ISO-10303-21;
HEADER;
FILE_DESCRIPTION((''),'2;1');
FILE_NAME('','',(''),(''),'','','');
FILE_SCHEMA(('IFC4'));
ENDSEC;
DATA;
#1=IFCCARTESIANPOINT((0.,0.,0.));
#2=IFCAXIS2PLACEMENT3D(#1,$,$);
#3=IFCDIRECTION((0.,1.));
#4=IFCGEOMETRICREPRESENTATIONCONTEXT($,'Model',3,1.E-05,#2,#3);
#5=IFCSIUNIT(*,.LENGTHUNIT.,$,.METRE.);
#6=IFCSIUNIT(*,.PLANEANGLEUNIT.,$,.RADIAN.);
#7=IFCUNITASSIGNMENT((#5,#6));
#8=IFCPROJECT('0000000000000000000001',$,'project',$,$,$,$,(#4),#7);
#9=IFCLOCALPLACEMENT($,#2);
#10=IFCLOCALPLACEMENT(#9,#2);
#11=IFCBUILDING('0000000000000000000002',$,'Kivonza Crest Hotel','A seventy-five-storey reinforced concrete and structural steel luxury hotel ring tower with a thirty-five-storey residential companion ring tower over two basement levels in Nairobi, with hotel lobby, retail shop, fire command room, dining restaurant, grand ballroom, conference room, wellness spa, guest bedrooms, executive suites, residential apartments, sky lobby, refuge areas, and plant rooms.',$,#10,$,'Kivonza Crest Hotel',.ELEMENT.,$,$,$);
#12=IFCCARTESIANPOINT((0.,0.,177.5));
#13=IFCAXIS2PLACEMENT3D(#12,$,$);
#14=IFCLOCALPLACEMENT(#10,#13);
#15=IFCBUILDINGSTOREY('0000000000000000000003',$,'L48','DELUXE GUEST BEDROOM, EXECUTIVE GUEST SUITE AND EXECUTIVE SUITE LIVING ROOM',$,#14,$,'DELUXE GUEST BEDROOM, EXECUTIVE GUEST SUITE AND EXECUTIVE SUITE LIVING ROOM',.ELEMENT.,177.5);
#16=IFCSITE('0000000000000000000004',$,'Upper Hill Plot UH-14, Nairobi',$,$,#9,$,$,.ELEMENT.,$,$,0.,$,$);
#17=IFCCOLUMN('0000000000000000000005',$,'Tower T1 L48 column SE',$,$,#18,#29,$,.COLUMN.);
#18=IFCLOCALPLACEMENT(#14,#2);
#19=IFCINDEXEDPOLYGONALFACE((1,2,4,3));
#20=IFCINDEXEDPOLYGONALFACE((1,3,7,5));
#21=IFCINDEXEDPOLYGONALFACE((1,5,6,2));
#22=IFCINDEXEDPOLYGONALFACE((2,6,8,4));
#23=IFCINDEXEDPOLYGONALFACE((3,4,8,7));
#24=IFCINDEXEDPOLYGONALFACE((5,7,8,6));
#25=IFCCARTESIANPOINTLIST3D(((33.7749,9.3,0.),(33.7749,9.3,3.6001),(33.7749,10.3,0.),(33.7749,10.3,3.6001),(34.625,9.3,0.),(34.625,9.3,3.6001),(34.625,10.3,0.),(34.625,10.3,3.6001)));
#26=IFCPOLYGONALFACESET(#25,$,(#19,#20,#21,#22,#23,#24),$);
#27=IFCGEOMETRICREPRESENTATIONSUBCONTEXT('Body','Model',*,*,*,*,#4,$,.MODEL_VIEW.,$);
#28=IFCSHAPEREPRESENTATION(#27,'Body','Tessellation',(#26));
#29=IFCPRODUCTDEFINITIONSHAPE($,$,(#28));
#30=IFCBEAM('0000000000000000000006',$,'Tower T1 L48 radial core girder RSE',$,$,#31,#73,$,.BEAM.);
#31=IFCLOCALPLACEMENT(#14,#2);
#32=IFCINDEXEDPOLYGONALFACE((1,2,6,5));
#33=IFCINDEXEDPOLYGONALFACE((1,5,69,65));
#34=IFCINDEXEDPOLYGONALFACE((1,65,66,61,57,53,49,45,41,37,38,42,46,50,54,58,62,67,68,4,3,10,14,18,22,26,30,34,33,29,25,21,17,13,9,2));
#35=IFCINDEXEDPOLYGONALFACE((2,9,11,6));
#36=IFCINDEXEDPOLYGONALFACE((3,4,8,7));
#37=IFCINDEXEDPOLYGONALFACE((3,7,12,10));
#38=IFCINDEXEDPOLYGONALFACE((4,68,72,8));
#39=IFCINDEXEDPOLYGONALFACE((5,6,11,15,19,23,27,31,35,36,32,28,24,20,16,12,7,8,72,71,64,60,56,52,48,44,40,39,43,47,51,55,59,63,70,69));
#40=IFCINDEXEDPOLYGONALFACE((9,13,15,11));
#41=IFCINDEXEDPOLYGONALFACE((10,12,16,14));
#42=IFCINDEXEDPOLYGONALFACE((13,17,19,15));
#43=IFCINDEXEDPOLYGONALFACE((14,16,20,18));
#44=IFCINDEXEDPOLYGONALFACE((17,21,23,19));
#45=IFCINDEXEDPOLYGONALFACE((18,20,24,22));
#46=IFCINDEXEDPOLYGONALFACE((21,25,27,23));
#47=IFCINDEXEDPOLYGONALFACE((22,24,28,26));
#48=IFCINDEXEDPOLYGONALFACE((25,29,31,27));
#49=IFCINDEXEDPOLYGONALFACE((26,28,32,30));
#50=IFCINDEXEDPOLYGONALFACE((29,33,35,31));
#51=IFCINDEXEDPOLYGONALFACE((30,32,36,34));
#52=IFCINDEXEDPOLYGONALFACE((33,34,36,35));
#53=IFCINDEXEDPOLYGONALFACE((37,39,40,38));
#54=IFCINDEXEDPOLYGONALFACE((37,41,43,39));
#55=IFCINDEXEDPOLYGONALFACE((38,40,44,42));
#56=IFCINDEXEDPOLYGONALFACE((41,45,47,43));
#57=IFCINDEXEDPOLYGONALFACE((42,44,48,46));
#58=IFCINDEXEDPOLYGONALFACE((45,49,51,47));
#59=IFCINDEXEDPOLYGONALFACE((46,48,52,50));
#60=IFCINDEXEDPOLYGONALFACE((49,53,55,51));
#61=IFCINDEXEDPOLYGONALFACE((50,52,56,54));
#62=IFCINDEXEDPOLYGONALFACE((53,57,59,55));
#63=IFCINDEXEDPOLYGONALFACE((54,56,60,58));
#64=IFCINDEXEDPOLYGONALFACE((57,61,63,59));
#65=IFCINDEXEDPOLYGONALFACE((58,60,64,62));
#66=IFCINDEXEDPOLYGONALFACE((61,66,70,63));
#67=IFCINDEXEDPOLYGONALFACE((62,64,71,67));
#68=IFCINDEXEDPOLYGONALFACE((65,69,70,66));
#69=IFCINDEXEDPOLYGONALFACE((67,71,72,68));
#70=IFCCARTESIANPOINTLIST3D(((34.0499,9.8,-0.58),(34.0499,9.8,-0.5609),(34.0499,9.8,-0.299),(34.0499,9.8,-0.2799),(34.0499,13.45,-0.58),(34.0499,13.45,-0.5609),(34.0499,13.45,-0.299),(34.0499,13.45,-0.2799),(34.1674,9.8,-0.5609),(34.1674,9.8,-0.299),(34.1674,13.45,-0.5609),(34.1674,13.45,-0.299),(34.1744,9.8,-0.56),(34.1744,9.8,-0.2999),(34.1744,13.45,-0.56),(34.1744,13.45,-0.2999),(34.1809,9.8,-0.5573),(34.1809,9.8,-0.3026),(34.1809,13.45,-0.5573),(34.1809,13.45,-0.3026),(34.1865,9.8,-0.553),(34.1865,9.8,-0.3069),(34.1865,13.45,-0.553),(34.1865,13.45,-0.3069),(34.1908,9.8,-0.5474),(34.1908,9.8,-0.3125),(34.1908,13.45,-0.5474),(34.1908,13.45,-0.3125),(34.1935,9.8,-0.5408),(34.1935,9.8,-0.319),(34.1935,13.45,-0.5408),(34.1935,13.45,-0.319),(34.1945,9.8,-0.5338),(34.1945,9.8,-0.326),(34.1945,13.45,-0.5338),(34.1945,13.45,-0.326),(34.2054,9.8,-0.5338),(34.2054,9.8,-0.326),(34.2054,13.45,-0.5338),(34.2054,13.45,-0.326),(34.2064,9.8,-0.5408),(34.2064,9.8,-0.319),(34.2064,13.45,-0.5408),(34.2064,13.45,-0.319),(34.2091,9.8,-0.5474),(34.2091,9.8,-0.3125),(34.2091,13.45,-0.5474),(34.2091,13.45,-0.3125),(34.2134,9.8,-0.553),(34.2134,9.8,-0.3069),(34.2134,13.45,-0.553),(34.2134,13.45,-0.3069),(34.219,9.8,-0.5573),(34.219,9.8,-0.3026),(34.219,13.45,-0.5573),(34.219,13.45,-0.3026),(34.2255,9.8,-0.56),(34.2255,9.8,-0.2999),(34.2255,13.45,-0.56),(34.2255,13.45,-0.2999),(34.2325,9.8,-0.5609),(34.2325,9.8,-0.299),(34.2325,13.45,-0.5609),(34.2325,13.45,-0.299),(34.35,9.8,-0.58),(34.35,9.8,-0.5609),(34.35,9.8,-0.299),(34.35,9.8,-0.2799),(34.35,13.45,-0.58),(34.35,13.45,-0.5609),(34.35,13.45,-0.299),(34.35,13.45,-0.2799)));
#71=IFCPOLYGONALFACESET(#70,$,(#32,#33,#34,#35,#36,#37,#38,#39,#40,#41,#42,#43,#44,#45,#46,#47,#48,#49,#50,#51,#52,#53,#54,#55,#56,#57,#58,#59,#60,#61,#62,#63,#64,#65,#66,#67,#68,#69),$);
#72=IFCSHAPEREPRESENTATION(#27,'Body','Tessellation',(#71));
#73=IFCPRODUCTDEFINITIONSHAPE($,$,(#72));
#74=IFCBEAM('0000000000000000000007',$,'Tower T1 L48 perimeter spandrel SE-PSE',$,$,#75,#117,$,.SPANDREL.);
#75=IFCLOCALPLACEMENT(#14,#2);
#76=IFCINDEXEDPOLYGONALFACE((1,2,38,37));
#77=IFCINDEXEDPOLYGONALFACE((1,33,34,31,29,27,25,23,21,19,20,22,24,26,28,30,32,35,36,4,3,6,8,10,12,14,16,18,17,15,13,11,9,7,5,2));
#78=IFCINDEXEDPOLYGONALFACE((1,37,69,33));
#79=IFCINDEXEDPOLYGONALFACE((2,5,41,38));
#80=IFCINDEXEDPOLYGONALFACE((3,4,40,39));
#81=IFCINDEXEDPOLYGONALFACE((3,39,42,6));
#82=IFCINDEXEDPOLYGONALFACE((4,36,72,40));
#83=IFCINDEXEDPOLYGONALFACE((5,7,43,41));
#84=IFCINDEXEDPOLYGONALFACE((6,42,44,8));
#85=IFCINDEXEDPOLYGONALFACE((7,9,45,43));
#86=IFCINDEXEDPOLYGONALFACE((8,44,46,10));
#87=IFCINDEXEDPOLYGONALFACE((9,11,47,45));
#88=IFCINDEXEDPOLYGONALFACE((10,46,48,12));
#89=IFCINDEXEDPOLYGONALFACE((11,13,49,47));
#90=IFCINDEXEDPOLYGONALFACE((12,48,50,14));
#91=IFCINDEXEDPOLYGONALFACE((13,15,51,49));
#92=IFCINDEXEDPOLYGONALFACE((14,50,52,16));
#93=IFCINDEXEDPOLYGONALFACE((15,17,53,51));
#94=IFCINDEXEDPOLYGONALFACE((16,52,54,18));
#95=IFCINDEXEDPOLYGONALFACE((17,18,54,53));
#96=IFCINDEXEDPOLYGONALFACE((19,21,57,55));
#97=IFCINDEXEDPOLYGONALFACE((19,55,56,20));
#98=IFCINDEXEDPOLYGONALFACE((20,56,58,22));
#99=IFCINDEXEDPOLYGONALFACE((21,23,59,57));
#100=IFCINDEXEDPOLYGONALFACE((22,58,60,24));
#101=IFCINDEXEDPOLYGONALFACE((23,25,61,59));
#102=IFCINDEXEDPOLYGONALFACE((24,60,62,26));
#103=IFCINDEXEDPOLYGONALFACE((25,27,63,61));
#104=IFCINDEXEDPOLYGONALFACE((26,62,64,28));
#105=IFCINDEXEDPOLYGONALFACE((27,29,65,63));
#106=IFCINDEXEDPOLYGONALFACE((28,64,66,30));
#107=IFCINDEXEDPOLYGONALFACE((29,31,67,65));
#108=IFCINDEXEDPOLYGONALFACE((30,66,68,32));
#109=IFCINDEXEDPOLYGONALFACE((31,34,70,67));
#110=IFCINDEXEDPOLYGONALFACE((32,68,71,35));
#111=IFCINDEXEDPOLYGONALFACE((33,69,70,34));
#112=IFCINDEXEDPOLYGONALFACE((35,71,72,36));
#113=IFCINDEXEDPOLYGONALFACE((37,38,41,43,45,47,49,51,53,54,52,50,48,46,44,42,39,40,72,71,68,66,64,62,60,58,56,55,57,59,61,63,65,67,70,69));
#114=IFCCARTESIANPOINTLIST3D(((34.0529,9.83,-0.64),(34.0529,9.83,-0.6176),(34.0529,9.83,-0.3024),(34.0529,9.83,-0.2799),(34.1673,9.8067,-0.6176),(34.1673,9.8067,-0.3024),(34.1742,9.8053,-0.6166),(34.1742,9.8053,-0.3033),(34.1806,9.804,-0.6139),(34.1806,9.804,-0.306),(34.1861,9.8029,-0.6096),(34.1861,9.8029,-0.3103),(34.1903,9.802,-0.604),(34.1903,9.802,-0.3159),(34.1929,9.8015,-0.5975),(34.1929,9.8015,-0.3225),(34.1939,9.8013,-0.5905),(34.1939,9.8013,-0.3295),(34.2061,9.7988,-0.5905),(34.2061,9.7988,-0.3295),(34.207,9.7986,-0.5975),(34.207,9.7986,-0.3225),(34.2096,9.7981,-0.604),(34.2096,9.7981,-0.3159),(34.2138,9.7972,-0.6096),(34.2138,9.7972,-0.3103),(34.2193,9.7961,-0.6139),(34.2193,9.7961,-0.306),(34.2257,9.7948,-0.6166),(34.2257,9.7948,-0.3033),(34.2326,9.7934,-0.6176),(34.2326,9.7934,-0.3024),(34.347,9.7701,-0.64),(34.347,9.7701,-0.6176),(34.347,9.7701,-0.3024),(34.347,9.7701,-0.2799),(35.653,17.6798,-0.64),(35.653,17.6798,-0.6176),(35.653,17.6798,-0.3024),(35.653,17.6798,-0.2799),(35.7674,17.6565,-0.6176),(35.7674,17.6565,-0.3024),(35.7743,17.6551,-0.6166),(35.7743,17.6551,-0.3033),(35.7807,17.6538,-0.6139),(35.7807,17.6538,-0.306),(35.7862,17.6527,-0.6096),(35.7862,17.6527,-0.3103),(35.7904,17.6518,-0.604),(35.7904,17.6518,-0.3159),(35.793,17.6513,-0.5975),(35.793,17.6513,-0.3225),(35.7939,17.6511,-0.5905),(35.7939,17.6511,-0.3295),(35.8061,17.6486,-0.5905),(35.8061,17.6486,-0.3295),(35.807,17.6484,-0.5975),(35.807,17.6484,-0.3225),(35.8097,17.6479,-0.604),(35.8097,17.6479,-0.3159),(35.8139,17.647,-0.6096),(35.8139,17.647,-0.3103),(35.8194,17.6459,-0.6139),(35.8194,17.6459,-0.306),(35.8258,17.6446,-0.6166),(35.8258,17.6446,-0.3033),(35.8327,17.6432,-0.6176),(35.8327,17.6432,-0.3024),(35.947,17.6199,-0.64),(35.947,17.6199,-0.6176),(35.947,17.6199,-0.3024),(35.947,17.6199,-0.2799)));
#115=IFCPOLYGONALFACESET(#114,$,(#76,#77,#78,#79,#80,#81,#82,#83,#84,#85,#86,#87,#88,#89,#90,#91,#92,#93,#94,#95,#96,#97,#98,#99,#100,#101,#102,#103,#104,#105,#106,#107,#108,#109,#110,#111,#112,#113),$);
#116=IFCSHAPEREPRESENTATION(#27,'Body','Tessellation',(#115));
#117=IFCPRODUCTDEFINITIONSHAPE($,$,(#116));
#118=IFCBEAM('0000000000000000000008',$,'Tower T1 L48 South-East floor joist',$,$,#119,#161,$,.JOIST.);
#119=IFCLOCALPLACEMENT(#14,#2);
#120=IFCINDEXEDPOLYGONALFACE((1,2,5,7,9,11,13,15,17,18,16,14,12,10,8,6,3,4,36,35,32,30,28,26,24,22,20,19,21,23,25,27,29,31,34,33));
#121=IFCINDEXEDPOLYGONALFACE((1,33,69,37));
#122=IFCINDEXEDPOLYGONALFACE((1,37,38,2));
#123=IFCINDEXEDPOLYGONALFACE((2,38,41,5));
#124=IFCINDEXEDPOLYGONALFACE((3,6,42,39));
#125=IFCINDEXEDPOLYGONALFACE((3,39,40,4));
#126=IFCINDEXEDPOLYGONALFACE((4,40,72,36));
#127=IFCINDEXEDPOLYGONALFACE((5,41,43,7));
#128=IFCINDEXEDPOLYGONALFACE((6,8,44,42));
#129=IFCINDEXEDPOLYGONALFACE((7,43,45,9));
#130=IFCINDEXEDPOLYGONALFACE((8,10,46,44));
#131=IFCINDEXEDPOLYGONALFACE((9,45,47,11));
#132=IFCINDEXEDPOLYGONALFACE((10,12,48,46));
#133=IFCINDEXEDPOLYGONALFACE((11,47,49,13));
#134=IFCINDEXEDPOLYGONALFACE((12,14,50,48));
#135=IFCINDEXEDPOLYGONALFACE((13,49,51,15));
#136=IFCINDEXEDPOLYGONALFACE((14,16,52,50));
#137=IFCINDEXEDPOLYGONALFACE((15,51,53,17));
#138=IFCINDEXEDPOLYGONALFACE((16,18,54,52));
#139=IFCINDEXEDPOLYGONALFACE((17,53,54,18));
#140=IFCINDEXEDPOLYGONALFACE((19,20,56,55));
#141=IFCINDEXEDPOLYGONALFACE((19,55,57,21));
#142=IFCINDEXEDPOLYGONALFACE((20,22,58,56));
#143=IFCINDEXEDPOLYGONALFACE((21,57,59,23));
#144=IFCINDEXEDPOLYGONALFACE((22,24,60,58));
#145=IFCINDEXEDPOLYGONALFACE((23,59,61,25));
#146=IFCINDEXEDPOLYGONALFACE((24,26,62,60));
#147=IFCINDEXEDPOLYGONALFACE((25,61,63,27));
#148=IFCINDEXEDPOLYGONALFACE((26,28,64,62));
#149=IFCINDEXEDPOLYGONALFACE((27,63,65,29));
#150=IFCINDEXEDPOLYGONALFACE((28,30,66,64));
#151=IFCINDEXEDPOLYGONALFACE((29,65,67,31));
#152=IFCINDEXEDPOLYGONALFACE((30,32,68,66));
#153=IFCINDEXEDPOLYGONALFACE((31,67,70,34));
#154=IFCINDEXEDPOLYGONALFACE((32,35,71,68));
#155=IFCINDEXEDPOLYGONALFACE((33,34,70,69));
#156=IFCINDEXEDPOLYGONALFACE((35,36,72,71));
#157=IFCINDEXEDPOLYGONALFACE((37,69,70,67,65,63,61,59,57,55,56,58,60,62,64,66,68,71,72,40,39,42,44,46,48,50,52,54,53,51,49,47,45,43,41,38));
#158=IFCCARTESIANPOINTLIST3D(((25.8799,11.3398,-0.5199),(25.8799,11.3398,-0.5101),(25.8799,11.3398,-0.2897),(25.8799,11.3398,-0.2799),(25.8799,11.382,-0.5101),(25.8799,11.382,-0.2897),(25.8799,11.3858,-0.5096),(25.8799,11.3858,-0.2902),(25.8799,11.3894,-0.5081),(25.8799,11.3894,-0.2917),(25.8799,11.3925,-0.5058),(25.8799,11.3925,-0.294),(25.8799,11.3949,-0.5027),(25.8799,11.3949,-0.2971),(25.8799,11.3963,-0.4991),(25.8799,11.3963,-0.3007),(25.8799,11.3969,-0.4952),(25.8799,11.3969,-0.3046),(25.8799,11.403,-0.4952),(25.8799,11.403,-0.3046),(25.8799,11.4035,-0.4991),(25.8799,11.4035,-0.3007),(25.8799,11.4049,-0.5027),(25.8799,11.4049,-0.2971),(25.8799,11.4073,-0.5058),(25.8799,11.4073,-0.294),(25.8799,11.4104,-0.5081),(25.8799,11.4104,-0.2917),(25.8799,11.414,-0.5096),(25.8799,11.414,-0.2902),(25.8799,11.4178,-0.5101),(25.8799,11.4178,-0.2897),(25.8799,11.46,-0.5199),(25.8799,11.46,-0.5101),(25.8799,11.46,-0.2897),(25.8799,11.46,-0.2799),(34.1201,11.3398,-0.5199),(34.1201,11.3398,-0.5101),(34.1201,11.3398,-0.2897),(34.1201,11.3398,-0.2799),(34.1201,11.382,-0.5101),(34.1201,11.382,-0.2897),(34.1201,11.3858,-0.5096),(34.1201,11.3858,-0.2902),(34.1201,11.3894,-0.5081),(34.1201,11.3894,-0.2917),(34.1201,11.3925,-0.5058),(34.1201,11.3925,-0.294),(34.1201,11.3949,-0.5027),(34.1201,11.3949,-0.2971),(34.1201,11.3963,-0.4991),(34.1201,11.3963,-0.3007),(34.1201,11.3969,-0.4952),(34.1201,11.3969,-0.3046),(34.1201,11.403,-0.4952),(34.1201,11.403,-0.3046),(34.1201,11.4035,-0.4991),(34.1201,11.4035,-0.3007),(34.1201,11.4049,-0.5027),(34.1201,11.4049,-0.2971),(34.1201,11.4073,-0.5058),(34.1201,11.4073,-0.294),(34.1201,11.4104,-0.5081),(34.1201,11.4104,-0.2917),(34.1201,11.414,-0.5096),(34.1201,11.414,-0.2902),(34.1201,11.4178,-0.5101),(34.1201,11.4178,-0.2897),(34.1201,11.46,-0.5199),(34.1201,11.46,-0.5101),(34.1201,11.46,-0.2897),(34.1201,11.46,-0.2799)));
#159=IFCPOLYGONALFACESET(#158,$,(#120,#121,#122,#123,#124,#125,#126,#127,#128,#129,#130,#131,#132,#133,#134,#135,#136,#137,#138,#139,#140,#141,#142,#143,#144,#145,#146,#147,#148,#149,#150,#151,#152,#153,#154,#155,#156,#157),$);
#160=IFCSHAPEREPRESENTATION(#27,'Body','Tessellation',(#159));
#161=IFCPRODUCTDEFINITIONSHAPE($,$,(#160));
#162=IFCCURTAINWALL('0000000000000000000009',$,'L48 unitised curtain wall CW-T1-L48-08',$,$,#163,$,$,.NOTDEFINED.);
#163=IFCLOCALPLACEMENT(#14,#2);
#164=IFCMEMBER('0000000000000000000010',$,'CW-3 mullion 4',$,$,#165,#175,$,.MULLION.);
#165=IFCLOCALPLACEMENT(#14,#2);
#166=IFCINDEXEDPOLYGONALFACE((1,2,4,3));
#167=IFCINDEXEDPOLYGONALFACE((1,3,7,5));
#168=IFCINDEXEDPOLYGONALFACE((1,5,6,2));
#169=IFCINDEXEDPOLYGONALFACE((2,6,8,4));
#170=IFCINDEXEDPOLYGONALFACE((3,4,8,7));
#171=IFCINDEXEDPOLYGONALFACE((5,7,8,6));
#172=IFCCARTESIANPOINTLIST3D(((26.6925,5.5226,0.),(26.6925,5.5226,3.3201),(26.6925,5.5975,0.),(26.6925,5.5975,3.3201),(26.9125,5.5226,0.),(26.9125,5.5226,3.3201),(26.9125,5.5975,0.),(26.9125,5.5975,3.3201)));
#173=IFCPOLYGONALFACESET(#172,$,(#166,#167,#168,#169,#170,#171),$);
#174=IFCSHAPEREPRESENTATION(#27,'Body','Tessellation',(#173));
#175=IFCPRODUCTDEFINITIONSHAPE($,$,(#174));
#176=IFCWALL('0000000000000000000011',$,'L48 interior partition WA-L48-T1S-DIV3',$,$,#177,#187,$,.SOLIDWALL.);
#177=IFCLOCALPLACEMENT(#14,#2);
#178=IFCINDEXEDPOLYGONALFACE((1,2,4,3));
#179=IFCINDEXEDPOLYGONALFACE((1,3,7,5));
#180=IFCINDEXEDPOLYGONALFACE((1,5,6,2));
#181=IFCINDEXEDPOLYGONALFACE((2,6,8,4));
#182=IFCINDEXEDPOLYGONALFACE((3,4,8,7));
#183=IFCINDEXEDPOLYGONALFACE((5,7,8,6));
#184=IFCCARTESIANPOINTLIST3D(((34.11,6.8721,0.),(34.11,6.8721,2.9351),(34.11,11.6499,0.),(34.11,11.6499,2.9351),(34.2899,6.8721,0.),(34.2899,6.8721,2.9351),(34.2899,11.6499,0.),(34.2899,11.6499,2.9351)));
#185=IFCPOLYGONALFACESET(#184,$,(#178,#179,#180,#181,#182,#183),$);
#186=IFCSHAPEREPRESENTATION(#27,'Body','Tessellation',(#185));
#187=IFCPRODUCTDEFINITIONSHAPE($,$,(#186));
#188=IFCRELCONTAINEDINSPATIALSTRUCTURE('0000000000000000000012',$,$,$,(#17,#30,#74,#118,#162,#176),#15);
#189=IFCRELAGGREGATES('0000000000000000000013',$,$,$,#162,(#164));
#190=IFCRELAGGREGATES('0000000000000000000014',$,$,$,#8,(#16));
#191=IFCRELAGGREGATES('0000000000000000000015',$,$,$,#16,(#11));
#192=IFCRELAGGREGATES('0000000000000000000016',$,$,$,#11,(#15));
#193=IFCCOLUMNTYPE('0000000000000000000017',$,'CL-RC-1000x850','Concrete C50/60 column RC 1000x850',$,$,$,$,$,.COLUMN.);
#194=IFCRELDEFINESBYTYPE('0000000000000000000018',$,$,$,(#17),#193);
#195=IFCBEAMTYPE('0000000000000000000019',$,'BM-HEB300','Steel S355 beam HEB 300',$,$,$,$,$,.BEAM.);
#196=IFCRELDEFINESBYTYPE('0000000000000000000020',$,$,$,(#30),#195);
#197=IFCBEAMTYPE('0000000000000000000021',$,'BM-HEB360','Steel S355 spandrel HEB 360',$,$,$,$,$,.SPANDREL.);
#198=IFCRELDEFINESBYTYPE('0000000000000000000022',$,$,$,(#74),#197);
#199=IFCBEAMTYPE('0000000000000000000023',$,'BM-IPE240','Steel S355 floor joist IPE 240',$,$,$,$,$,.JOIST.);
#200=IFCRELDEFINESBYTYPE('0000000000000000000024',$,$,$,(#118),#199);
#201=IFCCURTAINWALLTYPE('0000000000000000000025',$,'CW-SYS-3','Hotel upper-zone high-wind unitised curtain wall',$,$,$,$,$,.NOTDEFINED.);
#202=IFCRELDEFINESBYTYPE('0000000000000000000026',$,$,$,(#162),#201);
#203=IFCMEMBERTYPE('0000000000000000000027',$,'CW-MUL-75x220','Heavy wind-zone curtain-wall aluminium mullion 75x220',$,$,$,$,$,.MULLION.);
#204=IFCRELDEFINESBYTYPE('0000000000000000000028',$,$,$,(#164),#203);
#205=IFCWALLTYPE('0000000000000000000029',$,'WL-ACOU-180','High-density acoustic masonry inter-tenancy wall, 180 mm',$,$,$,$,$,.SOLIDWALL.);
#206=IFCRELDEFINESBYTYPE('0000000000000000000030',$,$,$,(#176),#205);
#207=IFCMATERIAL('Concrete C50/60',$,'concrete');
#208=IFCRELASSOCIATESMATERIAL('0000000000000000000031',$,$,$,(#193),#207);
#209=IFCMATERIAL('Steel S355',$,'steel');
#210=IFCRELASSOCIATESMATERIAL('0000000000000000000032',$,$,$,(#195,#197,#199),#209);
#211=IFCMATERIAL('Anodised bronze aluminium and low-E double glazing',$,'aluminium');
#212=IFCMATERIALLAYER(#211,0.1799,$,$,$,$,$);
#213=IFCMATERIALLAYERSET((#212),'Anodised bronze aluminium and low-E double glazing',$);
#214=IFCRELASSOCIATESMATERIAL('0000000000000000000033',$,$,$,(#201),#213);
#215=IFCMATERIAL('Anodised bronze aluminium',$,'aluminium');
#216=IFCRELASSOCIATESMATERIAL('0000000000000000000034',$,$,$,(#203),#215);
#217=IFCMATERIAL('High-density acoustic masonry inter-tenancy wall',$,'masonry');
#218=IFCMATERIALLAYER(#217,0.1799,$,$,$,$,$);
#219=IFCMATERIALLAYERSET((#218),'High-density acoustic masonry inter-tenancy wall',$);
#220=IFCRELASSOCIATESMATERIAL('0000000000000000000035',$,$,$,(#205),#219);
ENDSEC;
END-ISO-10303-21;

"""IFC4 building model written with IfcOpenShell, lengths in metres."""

from ifc_helpers import new_model, si_unit, direction, frame, frame_2d, origin, origin_2d, place, context, subcontext, project, spatial, rectangle, i_section, extrude, material, layer, layer_set, material_profile, profile_set, type_object, element, aggregate, save


model = new_model("IFC4")

# Units and contexts
model_context = context("Model", 3, precision=1e-05, world=origin(), true_north=direction((0.0, 1.0)))
body_context = subcontext(model_context, "Body", "Model", "MODEL_VIEW")
ifc_project = project(units=[si_unit("LENGTHUNIT", "METRE"), si_unit("PLANEANGLEUNIT", "RADIAN")], contexts=[model_context])

# Site, building, storey
site_placement = place(None, origin())
site = spatial("IfcSite", under=ifc_project, at=site_placement, Name="Upper Hill Plot UH-14, Nairobi", CompositionType="ELEMENT", RefElevation=0.0)
building_placement = place(site_placement, origin())
building = spatial("IfcBuilding", under=site, at=building_placement, Name="Kivonza Crest Hotel", Description="A seventy-five-storey reinforced concrete and structural steel luxury hotel ring tower with a thirty-five-storey residential companion ring tower over two basement levels in Nairobi, with hotel lobby, retail shop, fire command room, dining restaurant, grand ballroom, conference room, wellness spa, guest bedrooms, executive suites, residential apartments, sky lobby, refuge areas, and plant rooms.", LongName="Kivonza Crest Hotel", CompositionType="ELEMENT")
storey_placement = place(building_placement, frame((0.0, 0.0, 177.5)))
storey = spatial("IfcBuildingStorey", under=building, at=storey_placement, Name="L48", Description="DELUXE GUEST BEDROOM, EXECUTIVE GUEST SUITE AND EXECUTIVE SUITE LIVING ROOM", LongName="DELUXE GUEST BEDROOM, EXECUTIVE GUEST SUITE AND EXECUTIVE SUITE LIVING ROOM", CompositionType="ELEMENT", Elevation=177.5)

# Column
ifc_material_1 = material(Name="Concrete C50/60", Category="concrete")
ifc_material_profile_1 = material_profile(ifc_material_1, rectangle(XDim=0.8501, YDim=1.0, at=origin_2d()), Name="RC 1000x850")
ifc_profile_set_1 = profile_set([ifc_material_profile_1], Name="Concrete C50/60")
column_type = type_object("IfcColumnType", Name="CL-RC-1000x850", Description="Concrete C50/60 column RC 1000x850", PredefinedType="COLUMN", material=ifc_profile_set_1)
column_placement = place(storey_placement, frame((34.2, 9.8, 0.0), z_axis=(0.0, 0.0, 1.0), x_axis=(1.0, 0.0, 0.0)))
element("IfcColumn", 1, at=column_placement, inside=storey, type_object=column_type, Name="Tower T1 L48 column SE", PredefinedType="COLUMN", context=body_context, shape_type="SweptSolid", body=[
    extrude(rectangle(XDim=0.8501, YDim=1.0, at=origin_2d()), origin(), (0.0, 0.0, 1.0), 3.6001),
])

# Beams
ifc_material_2 = material(Name="Steel S355", Category="steel")
ifc_material_profile_2 = material_profile(ifc_material_2, i_section(OverallWidth=0.3, OverallDepth=0.3, WebThickness=0.011, FlangeThickness=0.019, FilletRadius=0.0271, at=origin_2d()), Name="HEB 300")
ifc_profile_set_2 = profile_set([ifc_material_profile_2], Name="Steel S355")
beam_type_1 = type_object("IfcBeamType", Name="BM-HEB300", Description="Steel S355 beam HEB 300", PredefinedType="BEAM", material=ifc_profile_set_2)
beam_1_placement = place(storey_placement, frame((34.2, 9.8, -0.4299), z_axis=(0.0, 1.0, 0.0), x_axis=(-1.0, 0.0, 0.0)))
element("IfcBeam", 2, at=beam_1_placement, inside=storey, type_object=beam_type_1, Name="Tower T1 L48 radial core girder RSE", PredefinedType="BEAM", context=body_context, shape_type="SweptSolid", body=[
    extrude(i_section(OverallWidth=0.3, OverallDepth=0.3, WebThickness=0.011, FlangeThickness=0.019, FilletRadius=0.0271, at=origin_2d()), origin(), (0.0, 0.0, 1.0), 3.6499),
])
ifc_material_profile_3 = material_profile(ifc_material_2, i_section(OverallWidth=0.3, OverallDepth=0.3601, WebThickness=0.0125, FlangeThickness=0.0225, FilletRadius=0.0271, at=origin_2d()), Name="HEB 360")
ifc_profile_set_3 = profile_set([ifc_material_profile_3], Name="Steel S355")
beam_type_2 = type_object("IfcBeamType", Name="BM-HEB360", Description="Steel S355 spandrel HEB 360", PredefinedType="SPANDREL", material=ifc_profile_set_3)
beam_2_placement = place(storey_placement, frame((34.2, 9.8, -0.46), z_axis=(0.199731, 0.979851, 0.0), x_axis=(-0.979851, 0.199731, 0.0)))
element("IfcBeam", 3, at=beam_2_placement, inside=storey, type_object=beam_type_2, Name="Tower T1 L48 perimeter spandrel SE-PSE", PredefinedType="SPANDREL", context=body_context, shape_type="SweptSolid", body=[
    extrude(i_section(OverallWidth=0.3, OverallDepth=0.3601, WebThickness=0.0125, FlangeThickness=0.0225, FilletRadius=0.0271, at=origin_2d()), origin(), (0.0, 0.0, 1.0), 8.0112),
])
ifc_material_profile_4 = material_profile(ifc_material_2, i_section(OverallWidth=0.1201, OverallDepth=0.24, WebThickness=0.0061, FlangeThickness=0.0098, FilletRadius=0.0149, at=origin_2d()), Name="IPE 240")
ifc_profile_set_4 = profile_set([ifc_material_profile_4], Name="Steel S355")
beam_type_3 = type_object("IfcBeamType", Name="BM-IPE240", Description="Steel S355 floor joist IPE 240", PredefinedType="JOIST", material=ifc_profile_set_4)
beam_3_placement = place(storey_placement, frame((25.8799, 11.3999, -0.3999), z_axis=(1.0, 0.0, 0.0), x_axis=(0.0, 1.0, 0.0)))
element("IfcBeam", 4, at=beam_3_placement, inside=storey, type_object=beam_type_3, Name="Tower T1 L48 South-East floor joist", PredefinedType="JOIST", context=body_context, shape_type="SweptSolid", body=[
    extrude(i_section(OverallWidth=0.1201, OverallDepth=0.24, WebThickness=0.0061, FlangeThickness=0.0098, FilletRadius=0.0149, at=origin_2d()), origin(), (0.0, 0.0, 1.0), 8.2402),
])

# Curtain wall, member
ifc_material_3 = material(Name="Anodised bronze aluminium and low-E double glazing", Category="aluminium")
ifc_layer_1 = layer(ifc_material_3, 0.1799)
ifc_layer_set_1 = layer_set([ifc_layer_1], Name="Anodised bronze aluminium and low-E double glazing")
curtain_wall_type = type_object("IfcCurtainWallType", Name="CW-SYS-3", Description="Hotel upper-zone high-wind unitised curtain wall", PredefinedType="NOTDEFINED", material=ifc_layer_set_1)
curtain_wall_placement = place(storey_placement, origin())
curtain_wall = element("IfcCurtainWall", 5, at=curtain_wall_placement, inside=storey, type_object=curtain_wall_type, Name="L48 unitised curtain wall CW-T1-L48-08", PredefinedType="NOTDEFINED")
ifc_material_4 = material(Name="Anodised bronze aluminium", Category="aluminium")
ifc_material_profile_5 = material_profile(ifc_material_4, rectangle(XDim=0.075, YDim=0.22, at=origin_2d()), Name="CW-M 75x220")
ifc_profile_set_5 = profile_set([ifc_material_profile_5], Name="Anodised bronze aluminium")
member_type = type_object("IfcMemberType", Name="CW-MUL-75x220", Description="Heavy wind-zone curtain-wall aluminium mullion 75x220", PredefinedType="MULLION", material=ifc_profile_set_5)
member_placement = place(storey_placement, frame((26.8025, 5.5601, 0.0), z_axis=(0.0, 0.0, 1.0), x_axis=(0.0, 1.0, 0.0)))
member = element("IfcMember", 6, at=member_placement, type_object=member_type, Name="CW-3 mullion 4", PredefinedType="MULLION", context=body_context, shape_type="SweptSolid", body=[
    extrude(rectangle(XDim=0.075, YDim=0.22, at=origin_2d()), origin(), (0.0, 0.0, 1.0), 3.3201),
])
aggregate(curtain_wall, [member])

# Wall
ifc_material_5 = material(Name="High-density acoustic masonry inter-tenancy wall", Category="masonry")
ifc_layer_2 = layer(ifc_material_5, 0.1799)
ifc_layer_set_2 = layer_set([ifc_layer_2], Name="High-density acoustic masonry inter-tenancy wall")
wall_type_1 = type_object("IfcWallType", Name="WL-ACOU-180", Description="High-density acoustic masonry inter-tenancy wall, 180 mm", PredefinedType="SOLIDWALL", material=ifc_layer_set_2)
wall_1_placement = place(storey_placement, frame((34.2, 6.8721, 0.0), z_axis=(0.0, 0.0, 1.0), x_axis=(0.0, 1.0, 0.0)))
element("IfcWall", 7, at=wall_1_placement, inside=storey, type_object=wall_type_1, Name="L48 interior partition WA-L48-T1S-DIV3", PredefinedType="SOLIDWALL", context=body_context, shape_type="SweptSolid", body=[
    extrude(rectangle(XDim=4.7778, YDim=0.1799, at=frame_2d((2.3889, 0.0))), origin(), (0.0, 0.0, 1.0), 2.9351),
])

save(model, "model.ifc")
